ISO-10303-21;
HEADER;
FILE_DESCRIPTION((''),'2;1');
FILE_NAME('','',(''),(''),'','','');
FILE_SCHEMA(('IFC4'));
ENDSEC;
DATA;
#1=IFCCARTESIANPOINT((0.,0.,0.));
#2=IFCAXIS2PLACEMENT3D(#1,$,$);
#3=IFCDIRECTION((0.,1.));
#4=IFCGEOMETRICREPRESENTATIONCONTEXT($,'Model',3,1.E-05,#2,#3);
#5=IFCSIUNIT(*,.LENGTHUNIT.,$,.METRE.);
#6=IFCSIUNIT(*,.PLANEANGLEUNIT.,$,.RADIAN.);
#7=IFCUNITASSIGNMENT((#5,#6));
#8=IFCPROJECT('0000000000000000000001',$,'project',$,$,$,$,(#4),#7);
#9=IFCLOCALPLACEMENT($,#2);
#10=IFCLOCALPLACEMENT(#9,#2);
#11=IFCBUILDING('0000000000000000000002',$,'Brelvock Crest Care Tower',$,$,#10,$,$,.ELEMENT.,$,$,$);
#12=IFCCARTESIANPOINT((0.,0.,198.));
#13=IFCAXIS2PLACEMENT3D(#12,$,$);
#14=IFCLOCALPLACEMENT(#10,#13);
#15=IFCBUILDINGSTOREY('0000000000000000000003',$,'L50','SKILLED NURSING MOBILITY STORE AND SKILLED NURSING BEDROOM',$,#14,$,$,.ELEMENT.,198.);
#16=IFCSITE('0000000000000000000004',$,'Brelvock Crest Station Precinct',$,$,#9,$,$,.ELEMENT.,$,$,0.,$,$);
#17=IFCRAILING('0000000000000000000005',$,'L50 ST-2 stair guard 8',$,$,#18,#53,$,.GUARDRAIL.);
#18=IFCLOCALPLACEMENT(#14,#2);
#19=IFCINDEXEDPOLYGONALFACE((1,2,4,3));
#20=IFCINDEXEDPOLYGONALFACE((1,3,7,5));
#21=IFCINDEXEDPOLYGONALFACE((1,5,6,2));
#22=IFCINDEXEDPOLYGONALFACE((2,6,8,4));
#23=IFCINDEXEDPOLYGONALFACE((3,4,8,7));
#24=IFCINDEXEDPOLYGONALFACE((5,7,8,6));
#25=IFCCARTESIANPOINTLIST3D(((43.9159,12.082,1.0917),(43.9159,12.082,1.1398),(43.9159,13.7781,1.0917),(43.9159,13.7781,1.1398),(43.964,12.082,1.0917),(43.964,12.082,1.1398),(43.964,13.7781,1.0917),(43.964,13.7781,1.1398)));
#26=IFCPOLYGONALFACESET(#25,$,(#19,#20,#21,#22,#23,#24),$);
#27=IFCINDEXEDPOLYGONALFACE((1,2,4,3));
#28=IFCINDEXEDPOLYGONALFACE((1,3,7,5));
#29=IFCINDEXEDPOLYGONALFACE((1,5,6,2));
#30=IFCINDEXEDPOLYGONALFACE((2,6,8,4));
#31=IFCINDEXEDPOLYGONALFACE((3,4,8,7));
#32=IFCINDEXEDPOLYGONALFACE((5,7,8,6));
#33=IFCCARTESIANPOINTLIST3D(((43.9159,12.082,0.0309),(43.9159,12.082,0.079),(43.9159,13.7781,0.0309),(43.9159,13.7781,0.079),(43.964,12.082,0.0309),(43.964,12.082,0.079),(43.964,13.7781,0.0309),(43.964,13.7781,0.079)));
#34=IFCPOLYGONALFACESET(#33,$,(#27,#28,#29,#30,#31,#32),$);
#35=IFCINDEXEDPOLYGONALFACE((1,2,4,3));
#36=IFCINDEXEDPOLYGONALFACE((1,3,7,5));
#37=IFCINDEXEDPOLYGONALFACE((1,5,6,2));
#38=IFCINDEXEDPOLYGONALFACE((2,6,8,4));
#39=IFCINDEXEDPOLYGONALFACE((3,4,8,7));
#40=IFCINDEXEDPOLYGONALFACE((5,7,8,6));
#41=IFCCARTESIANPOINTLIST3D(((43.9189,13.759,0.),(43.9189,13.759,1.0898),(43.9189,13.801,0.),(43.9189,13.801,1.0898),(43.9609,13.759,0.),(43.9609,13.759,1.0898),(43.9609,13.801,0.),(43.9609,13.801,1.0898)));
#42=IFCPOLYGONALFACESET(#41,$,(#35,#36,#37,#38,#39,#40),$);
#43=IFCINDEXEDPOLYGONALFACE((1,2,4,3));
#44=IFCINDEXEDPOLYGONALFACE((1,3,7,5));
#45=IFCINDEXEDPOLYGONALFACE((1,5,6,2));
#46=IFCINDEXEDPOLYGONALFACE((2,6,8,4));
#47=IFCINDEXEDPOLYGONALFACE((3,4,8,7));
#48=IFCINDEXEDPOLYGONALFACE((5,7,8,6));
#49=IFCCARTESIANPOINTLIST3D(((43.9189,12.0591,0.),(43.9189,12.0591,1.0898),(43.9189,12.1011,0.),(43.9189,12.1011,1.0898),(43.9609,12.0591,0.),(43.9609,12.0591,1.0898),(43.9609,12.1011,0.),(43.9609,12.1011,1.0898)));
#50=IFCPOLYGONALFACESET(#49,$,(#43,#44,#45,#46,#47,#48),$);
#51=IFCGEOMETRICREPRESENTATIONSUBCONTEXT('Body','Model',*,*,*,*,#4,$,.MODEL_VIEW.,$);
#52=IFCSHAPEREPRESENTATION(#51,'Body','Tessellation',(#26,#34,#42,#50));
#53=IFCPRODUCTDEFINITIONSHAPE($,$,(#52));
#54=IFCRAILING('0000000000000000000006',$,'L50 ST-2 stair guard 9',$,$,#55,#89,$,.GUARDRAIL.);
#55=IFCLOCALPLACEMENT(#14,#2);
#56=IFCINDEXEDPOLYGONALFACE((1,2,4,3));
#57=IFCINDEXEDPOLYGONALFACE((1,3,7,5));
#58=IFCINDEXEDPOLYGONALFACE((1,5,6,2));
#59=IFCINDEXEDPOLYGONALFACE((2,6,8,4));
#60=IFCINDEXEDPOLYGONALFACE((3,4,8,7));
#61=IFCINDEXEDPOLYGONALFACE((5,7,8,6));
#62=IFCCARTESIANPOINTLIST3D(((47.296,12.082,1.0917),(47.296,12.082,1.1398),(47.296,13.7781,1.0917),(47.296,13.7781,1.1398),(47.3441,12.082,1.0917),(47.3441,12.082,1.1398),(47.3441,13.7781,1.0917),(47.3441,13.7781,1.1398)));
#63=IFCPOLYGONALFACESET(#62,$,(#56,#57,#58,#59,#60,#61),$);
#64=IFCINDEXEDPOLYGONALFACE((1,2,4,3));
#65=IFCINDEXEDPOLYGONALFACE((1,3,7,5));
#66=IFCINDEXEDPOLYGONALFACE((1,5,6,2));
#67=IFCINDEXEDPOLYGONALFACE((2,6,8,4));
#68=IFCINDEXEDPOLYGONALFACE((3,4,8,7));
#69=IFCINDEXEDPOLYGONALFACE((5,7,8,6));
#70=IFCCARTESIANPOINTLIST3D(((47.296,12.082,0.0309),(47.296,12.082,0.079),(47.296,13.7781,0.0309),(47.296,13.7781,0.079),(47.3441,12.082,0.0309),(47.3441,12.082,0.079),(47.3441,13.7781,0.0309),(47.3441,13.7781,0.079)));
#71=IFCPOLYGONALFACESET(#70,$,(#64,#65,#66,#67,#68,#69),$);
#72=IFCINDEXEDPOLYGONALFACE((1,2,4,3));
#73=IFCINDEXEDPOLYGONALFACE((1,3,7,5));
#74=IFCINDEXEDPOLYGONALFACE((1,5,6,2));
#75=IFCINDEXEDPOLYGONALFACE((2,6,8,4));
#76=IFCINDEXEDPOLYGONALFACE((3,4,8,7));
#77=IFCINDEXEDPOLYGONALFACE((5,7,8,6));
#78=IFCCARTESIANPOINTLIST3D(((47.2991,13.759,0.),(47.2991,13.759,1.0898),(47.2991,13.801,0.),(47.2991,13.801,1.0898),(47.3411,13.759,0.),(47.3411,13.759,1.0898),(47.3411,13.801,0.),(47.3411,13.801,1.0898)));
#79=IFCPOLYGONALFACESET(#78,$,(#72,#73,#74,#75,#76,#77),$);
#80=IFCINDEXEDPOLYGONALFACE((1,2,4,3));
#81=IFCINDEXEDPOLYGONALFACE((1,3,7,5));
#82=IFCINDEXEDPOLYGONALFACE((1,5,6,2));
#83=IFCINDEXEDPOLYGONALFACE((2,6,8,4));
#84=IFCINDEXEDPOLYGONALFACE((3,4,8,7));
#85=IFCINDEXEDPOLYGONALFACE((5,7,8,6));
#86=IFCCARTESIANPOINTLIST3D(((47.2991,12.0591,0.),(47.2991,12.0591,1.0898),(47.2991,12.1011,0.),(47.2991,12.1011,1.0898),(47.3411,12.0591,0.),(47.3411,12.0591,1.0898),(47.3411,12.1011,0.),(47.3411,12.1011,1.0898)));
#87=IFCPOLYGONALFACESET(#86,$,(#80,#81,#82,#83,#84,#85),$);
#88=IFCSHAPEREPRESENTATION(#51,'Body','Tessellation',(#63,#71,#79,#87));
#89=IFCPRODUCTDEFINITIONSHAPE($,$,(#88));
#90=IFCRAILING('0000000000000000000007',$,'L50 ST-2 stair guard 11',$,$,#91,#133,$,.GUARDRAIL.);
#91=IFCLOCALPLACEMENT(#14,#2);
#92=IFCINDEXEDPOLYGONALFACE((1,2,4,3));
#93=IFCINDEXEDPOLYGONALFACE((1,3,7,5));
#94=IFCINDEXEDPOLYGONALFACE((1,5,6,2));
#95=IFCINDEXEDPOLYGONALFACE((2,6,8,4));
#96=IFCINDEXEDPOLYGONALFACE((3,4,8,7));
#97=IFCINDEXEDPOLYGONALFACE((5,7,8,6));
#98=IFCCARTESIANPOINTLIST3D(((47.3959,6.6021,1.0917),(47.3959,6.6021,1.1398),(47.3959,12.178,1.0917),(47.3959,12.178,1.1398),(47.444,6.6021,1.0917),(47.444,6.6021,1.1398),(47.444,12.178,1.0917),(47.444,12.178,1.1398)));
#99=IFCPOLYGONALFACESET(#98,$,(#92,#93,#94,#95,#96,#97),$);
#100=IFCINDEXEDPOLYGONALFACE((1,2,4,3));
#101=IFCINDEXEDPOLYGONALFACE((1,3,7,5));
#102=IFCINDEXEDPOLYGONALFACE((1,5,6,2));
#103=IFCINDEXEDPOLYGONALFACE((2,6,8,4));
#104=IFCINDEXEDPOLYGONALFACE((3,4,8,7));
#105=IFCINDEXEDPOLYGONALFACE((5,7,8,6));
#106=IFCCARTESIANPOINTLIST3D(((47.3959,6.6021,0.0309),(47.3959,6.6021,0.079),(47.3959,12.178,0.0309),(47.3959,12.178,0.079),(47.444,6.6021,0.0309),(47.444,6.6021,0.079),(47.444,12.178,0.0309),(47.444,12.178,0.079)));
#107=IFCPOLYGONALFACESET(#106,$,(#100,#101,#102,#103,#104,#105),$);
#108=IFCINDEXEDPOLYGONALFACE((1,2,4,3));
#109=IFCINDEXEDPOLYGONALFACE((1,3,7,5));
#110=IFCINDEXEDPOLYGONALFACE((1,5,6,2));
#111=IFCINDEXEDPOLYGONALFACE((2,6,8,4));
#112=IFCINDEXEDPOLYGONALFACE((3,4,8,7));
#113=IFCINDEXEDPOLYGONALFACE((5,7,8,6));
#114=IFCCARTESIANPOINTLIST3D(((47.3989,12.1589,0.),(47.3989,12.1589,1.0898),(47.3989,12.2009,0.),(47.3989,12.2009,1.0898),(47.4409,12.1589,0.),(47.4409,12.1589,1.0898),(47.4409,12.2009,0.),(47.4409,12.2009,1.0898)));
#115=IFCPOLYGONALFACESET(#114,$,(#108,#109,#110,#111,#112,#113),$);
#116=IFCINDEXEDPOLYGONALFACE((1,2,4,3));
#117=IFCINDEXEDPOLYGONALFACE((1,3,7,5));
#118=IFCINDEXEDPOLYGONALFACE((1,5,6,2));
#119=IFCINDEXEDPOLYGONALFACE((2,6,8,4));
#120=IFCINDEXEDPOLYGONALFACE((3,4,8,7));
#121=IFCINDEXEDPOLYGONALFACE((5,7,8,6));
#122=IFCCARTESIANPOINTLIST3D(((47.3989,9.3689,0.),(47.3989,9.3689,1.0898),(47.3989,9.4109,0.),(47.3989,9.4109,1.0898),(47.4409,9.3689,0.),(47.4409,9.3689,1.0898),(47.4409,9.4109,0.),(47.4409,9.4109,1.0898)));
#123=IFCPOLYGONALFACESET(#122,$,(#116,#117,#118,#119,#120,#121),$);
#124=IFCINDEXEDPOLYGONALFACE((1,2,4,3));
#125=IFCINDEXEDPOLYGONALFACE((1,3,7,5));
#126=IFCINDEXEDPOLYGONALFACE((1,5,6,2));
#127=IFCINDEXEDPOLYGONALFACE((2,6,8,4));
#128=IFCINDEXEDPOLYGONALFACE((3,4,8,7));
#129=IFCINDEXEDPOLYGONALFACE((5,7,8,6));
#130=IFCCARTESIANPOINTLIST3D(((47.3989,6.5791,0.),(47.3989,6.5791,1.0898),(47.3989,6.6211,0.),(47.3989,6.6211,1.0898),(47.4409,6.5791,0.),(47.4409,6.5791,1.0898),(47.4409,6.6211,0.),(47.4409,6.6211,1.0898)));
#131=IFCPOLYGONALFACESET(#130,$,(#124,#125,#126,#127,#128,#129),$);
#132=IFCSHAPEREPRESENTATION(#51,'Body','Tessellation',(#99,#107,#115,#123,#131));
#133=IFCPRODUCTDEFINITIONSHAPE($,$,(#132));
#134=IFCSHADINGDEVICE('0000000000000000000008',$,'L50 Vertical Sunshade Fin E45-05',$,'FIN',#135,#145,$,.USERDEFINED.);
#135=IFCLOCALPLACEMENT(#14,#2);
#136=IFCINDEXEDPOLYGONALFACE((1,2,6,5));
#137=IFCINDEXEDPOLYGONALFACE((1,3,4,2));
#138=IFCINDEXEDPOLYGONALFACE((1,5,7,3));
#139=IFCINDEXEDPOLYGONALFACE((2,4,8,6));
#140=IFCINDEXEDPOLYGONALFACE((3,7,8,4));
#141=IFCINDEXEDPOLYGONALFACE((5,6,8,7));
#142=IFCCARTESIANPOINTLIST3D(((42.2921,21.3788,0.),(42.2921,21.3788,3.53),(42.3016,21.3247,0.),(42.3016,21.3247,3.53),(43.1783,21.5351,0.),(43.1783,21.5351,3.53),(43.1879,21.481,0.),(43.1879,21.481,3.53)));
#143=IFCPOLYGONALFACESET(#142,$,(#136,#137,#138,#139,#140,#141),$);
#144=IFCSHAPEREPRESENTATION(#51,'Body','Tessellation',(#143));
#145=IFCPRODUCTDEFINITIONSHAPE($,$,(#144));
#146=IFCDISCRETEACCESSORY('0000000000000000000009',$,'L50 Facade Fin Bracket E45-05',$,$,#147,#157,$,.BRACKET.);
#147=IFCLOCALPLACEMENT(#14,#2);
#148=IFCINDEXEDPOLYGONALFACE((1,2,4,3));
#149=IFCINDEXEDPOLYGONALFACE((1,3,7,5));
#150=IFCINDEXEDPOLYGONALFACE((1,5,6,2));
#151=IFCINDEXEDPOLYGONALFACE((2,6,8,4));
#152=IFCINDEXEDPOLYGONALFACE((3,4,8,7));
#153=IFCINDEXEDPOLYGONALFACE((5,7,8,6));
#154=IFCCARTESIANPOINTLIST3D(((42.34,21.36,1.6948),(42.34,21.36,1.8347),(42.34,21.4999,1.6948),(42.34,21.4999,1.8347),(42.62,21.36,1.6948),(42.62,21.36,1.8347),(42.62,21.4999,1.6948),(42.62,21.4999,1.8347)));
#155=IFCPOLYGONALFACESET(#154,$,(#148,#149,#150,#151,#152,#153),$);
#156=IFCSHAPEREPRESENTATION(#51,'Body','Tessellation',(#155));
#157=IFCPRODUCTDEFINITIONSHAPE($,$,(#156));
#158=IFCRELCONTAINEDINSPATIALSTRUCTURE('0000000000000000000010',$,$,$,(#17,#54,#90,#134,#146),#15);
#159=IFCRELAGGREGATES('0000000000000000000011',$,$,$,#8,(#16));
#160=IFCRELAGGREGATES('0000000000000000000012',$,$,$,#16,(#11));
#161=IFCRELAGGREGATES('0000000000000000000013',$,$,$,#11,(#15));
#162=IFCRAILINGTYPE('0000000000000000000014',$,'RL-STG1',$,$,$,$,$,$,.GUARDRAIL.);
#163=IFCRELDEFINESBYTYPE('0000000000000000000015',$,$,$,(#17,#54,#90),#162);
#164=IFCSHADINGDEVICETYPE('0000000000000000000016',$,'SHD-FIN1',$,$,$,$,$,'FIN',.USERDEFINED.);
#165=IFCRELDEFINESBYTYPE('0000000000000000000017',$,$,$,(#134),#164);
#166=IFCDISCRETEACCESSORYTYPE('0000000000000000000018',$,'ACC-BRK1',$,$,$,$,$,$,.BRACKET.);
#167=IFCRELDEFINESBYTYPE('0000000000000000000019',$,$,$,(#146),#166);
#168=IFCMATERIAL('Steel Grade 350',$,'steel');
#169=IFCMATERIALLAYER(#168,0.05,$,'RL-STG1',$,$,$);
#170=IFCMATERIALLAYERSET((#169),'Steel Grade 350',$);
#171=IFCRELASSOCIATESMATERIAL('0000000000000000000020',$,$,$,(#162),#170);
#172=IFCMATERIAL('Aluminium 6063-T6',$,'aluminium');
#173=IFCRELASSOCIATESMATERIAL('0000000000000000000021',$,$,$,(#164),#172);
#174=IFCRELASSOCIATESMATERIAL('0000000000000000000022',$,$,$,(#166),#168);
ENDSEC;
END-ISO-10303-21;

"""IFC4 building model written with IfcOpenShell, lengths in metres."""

from ifc_helpers import new_model, si_unit, direction, frame, origin, origin_2d, place, context, subcontext, project, spatial, rectangle, extrude, source, transform, mapped, material, layer, layer_set, material_profile, profile_set, type_object, element, save


model = new_model("IFC4")

# Units and contexts
model_context = context("Model", 3, precision=1e-05, world=origin(), true_north=direction((0.0, 1.0)))
body_context = subcontext(model_context, "Body", "Model", "MODEL_VIEW")
ifc_project = project(units=[si_unit("LENGTHUNIT", "METRE"), si_unit("PLANEANGLEUNIT", "RADIAN")], contexts=[model_context])

# Site, building, storey
site_placement = place(None, origin())
site = spatial("IfcSite", under=ifc_project, at=site_placement, Name="Brelvock Crest Station Precinct", CompositionType="ELEMENT", RefElevation=0.0)
building_placement = place(site_placement, origin())
building = spatial("IfcBuilding", under=site, at=building_placement, Name="Brelvock Crest Care Tower", CompositionType="ELEMENT")
storey_placement = place(building_placement, frame((0.0, 0.0, 198.0)))
storey = spatial("IfcBuildingStorey", under=building, at=storey_placement, Name="L50", Description="SKILLED NURSING MOBILITY STORE AND SKILLED NURSING BEDROOM", CompositionType="ELEMENT", Elevation=198.0)

# Shared definitions
ifc_material_1 = material(Name="Steel Grade 350", Category="steel")

# Shared definitions
ifc_material_2 = material(Name="Aluminium 6063-T6", Category="aluminium")

# Railings
ifc_layer_1 = layer(ifc_material_1, 0.05, Name="RL-STG1")
ifc_layer_set_1 = layer_set([ifc_layer_1], Name="Steel Grade 350")
railing_type = type_object("IfcRailingType", Name="RL-STG1", PredefinedType="GUARDRAIL", material=ifc_layer_set_1)
for number, where, name in (
    (1, (43.9399, 13.78, 0.0), "L50 ST-2 stair guard 8"),
    (2, (47.3201, 13.78, 0.0), "L50 ST-2 stair guard 9"),
):
    element("IfcRailing", number, at=place(storey_placement, frame(where)), inside=storey, type_object=railing_type, Name=name, PredefinedType="GUARDRAIL", context=body_context, shape_type="SweptSolid", body=[
        extrude(rectangle(XDim=0.0481, YDim=0.0481, at=origin_2d()), frame((0.0, -0.002, 1.1157), z_axis=(0.0, -1.0, 0.0), x_axis=(1.0, 0.0, 0.0)), (0.0, 0.0, 1.0), 1.696),
        extrude(rectangle(XDim=0.0481, YDim=0.0481, at=origin_2d()), frame((0.0, -0.002, 0.0549), z_axis=(0.0, -1.0, 0.0), x_axis=(1.0, 0.0, 0.0)), (0.0, 0.0, 1.0), 1.696),
        extrude(rectangle(XDim=0.042, YDim=0.042, at=origin_2d()), origin(), (0.0, 0.0, 1.0), 1.0898),
        extrude(rectangle(XDim=0.042, YDim=0.042, at=origin_2d()), frame((0.0, -1.7, 0.0)), (0.0, 0.0, 1.0), 1.0898),
    ])
railing_placement = place(storey_placement, frame((47.4199, 12.1799, 0.0)))
element("IfcRailing", 3, at=railing_placement, inside=storey, type_object=railing_type, Name="L50 ST-2 stair guard 11", PredefinedType="GUARDRAIL", context=body_context, shape_type="SweptSolid", body=[
    extrude(rectangle(XDim=0.0481, YDim=0.0481, at=origin_2d()), frame((0.0, -0.002, 1.1157), z_axis=(0.0, -1.0, 0.0), x_axis=(1.0, 0.0, 0.0)), (0.0, 0.0, 1.0), 5.5759),
    extrude(rectangle(XDim=0.0481, YDim=0.0481, at=origin_2d()), frame((0.0, -0.002, 0.0549), z_axis=(0.0, -1.0, 0.0), x_axis=(1.0, 0.0, 0.0)), (0.0, 0.0, 1.0), 5.5759),
    extrude(rectangle(XDim=0.042, YDim=0.042, at=origin_2d()), origin(), (0.0, 0.0, 1.0), 1.0898),
    extrude(rectangle(XDim=0.042, YDim=0.042, at=origin_2d()), frame((0.0, -2.79, 0.0)), (0.0, 0.0, 1.0), 1.0898),
    extrude(rectangle(XDim=0.042, YDim=0.042, at=origin_2d()), frame((0.0, -5.5798, 0.0)), (0.0, 0.0, 1.0), 1.0898),
])

# Shading device
ifc_material_profile_1 = material_profile(ifc_material_2, rectangle(XDim=0.0549, YDim=0.8999, at=origin_2d()), Name="FIN55x900")
ifc_profile_set_1 = profile_set([ifc_material_profile_1], Name="Aluminium 6063-T6")
shading_device_type = type_object("IfcShadingDeviceType", Name="SHD-FIN1", ElementType="FIN", PredefinedType="USERDEFINED", material=ifc_profile_set_1)
shared_shape_1 = source(origin(), body_context, "Body", "SweptSolid", [
    extrude(rectangle(XDim=0.0549, YDim=0.8999, at=origin_2d()), origin(), (0.0, 0.0, 1.0), 3.53),
])
shading_device_placement = place(storey_placement, frame((42.74, 21.4299, 0.0), z_axis=(0.0, 0.0, 1.0), x_axis=(0.173648, -0.984808, 0.0)))
element("IfcShadingDevice", 4, at=shading_device_placement, inside=storey, type_object=shading_device_type, Name="L50 Vertical Sunshade Fin E45-05", ObjectType="FIN", PredefinedType="USERDEFINED", context=body_context, shape_type="MappedRepresentation", body=[
    mapped(shared_shape_1, transform((0.0, 0.0, 0.0), x_axis=(1.0, 0.0, 0.0), y_axis=(0.0, 1.0, 0.0), z_axis=(0.0, 0.0, 1.0), scale=1.0)),
])

# Discrete accessory
discrete_accessory_type = type_object("IfcDiscreteAccessoryType", Name="ACC-BRK1", PredefinedType="BRACKET", material=ifc_material_1)
shared_shape_2 = source(origin(), body_context, "Body", "SweptSolid", [
    extrude(rectangle(XDim=0.28, YDim=0.1399, at=origin_2d()), origin(), (0.0, 0.0, 1.0), 0.1399),
])
discrete_accessory_placement = place(storey_placement, frame((42.48, 21.4299, 1.6948), z_axis=(0.0, 0.0, 1.0), x_axis=(1.0, 0.0, 0.0)))
element("IfcDiscreteAccessory", 5, at=discrete_accessory_placement, inside=storey, type_object=discrete_accessory_type, Name="L50 Facade Fin Bracket E45-05", PredefinedType="BRACKET", context=body_context, shape_type="MappedRepresentation", body=[
    mapped(shared_shape_2, transform((0.0, 0.0, 0.0), x_axis=(1.0, 0.0, 0.0), y_axis=(0.0, 1.0, 0.0), z_axis=(0.0, 0.0, 1.0), scale=1.0)),
])

save(model, "model.ifc")
